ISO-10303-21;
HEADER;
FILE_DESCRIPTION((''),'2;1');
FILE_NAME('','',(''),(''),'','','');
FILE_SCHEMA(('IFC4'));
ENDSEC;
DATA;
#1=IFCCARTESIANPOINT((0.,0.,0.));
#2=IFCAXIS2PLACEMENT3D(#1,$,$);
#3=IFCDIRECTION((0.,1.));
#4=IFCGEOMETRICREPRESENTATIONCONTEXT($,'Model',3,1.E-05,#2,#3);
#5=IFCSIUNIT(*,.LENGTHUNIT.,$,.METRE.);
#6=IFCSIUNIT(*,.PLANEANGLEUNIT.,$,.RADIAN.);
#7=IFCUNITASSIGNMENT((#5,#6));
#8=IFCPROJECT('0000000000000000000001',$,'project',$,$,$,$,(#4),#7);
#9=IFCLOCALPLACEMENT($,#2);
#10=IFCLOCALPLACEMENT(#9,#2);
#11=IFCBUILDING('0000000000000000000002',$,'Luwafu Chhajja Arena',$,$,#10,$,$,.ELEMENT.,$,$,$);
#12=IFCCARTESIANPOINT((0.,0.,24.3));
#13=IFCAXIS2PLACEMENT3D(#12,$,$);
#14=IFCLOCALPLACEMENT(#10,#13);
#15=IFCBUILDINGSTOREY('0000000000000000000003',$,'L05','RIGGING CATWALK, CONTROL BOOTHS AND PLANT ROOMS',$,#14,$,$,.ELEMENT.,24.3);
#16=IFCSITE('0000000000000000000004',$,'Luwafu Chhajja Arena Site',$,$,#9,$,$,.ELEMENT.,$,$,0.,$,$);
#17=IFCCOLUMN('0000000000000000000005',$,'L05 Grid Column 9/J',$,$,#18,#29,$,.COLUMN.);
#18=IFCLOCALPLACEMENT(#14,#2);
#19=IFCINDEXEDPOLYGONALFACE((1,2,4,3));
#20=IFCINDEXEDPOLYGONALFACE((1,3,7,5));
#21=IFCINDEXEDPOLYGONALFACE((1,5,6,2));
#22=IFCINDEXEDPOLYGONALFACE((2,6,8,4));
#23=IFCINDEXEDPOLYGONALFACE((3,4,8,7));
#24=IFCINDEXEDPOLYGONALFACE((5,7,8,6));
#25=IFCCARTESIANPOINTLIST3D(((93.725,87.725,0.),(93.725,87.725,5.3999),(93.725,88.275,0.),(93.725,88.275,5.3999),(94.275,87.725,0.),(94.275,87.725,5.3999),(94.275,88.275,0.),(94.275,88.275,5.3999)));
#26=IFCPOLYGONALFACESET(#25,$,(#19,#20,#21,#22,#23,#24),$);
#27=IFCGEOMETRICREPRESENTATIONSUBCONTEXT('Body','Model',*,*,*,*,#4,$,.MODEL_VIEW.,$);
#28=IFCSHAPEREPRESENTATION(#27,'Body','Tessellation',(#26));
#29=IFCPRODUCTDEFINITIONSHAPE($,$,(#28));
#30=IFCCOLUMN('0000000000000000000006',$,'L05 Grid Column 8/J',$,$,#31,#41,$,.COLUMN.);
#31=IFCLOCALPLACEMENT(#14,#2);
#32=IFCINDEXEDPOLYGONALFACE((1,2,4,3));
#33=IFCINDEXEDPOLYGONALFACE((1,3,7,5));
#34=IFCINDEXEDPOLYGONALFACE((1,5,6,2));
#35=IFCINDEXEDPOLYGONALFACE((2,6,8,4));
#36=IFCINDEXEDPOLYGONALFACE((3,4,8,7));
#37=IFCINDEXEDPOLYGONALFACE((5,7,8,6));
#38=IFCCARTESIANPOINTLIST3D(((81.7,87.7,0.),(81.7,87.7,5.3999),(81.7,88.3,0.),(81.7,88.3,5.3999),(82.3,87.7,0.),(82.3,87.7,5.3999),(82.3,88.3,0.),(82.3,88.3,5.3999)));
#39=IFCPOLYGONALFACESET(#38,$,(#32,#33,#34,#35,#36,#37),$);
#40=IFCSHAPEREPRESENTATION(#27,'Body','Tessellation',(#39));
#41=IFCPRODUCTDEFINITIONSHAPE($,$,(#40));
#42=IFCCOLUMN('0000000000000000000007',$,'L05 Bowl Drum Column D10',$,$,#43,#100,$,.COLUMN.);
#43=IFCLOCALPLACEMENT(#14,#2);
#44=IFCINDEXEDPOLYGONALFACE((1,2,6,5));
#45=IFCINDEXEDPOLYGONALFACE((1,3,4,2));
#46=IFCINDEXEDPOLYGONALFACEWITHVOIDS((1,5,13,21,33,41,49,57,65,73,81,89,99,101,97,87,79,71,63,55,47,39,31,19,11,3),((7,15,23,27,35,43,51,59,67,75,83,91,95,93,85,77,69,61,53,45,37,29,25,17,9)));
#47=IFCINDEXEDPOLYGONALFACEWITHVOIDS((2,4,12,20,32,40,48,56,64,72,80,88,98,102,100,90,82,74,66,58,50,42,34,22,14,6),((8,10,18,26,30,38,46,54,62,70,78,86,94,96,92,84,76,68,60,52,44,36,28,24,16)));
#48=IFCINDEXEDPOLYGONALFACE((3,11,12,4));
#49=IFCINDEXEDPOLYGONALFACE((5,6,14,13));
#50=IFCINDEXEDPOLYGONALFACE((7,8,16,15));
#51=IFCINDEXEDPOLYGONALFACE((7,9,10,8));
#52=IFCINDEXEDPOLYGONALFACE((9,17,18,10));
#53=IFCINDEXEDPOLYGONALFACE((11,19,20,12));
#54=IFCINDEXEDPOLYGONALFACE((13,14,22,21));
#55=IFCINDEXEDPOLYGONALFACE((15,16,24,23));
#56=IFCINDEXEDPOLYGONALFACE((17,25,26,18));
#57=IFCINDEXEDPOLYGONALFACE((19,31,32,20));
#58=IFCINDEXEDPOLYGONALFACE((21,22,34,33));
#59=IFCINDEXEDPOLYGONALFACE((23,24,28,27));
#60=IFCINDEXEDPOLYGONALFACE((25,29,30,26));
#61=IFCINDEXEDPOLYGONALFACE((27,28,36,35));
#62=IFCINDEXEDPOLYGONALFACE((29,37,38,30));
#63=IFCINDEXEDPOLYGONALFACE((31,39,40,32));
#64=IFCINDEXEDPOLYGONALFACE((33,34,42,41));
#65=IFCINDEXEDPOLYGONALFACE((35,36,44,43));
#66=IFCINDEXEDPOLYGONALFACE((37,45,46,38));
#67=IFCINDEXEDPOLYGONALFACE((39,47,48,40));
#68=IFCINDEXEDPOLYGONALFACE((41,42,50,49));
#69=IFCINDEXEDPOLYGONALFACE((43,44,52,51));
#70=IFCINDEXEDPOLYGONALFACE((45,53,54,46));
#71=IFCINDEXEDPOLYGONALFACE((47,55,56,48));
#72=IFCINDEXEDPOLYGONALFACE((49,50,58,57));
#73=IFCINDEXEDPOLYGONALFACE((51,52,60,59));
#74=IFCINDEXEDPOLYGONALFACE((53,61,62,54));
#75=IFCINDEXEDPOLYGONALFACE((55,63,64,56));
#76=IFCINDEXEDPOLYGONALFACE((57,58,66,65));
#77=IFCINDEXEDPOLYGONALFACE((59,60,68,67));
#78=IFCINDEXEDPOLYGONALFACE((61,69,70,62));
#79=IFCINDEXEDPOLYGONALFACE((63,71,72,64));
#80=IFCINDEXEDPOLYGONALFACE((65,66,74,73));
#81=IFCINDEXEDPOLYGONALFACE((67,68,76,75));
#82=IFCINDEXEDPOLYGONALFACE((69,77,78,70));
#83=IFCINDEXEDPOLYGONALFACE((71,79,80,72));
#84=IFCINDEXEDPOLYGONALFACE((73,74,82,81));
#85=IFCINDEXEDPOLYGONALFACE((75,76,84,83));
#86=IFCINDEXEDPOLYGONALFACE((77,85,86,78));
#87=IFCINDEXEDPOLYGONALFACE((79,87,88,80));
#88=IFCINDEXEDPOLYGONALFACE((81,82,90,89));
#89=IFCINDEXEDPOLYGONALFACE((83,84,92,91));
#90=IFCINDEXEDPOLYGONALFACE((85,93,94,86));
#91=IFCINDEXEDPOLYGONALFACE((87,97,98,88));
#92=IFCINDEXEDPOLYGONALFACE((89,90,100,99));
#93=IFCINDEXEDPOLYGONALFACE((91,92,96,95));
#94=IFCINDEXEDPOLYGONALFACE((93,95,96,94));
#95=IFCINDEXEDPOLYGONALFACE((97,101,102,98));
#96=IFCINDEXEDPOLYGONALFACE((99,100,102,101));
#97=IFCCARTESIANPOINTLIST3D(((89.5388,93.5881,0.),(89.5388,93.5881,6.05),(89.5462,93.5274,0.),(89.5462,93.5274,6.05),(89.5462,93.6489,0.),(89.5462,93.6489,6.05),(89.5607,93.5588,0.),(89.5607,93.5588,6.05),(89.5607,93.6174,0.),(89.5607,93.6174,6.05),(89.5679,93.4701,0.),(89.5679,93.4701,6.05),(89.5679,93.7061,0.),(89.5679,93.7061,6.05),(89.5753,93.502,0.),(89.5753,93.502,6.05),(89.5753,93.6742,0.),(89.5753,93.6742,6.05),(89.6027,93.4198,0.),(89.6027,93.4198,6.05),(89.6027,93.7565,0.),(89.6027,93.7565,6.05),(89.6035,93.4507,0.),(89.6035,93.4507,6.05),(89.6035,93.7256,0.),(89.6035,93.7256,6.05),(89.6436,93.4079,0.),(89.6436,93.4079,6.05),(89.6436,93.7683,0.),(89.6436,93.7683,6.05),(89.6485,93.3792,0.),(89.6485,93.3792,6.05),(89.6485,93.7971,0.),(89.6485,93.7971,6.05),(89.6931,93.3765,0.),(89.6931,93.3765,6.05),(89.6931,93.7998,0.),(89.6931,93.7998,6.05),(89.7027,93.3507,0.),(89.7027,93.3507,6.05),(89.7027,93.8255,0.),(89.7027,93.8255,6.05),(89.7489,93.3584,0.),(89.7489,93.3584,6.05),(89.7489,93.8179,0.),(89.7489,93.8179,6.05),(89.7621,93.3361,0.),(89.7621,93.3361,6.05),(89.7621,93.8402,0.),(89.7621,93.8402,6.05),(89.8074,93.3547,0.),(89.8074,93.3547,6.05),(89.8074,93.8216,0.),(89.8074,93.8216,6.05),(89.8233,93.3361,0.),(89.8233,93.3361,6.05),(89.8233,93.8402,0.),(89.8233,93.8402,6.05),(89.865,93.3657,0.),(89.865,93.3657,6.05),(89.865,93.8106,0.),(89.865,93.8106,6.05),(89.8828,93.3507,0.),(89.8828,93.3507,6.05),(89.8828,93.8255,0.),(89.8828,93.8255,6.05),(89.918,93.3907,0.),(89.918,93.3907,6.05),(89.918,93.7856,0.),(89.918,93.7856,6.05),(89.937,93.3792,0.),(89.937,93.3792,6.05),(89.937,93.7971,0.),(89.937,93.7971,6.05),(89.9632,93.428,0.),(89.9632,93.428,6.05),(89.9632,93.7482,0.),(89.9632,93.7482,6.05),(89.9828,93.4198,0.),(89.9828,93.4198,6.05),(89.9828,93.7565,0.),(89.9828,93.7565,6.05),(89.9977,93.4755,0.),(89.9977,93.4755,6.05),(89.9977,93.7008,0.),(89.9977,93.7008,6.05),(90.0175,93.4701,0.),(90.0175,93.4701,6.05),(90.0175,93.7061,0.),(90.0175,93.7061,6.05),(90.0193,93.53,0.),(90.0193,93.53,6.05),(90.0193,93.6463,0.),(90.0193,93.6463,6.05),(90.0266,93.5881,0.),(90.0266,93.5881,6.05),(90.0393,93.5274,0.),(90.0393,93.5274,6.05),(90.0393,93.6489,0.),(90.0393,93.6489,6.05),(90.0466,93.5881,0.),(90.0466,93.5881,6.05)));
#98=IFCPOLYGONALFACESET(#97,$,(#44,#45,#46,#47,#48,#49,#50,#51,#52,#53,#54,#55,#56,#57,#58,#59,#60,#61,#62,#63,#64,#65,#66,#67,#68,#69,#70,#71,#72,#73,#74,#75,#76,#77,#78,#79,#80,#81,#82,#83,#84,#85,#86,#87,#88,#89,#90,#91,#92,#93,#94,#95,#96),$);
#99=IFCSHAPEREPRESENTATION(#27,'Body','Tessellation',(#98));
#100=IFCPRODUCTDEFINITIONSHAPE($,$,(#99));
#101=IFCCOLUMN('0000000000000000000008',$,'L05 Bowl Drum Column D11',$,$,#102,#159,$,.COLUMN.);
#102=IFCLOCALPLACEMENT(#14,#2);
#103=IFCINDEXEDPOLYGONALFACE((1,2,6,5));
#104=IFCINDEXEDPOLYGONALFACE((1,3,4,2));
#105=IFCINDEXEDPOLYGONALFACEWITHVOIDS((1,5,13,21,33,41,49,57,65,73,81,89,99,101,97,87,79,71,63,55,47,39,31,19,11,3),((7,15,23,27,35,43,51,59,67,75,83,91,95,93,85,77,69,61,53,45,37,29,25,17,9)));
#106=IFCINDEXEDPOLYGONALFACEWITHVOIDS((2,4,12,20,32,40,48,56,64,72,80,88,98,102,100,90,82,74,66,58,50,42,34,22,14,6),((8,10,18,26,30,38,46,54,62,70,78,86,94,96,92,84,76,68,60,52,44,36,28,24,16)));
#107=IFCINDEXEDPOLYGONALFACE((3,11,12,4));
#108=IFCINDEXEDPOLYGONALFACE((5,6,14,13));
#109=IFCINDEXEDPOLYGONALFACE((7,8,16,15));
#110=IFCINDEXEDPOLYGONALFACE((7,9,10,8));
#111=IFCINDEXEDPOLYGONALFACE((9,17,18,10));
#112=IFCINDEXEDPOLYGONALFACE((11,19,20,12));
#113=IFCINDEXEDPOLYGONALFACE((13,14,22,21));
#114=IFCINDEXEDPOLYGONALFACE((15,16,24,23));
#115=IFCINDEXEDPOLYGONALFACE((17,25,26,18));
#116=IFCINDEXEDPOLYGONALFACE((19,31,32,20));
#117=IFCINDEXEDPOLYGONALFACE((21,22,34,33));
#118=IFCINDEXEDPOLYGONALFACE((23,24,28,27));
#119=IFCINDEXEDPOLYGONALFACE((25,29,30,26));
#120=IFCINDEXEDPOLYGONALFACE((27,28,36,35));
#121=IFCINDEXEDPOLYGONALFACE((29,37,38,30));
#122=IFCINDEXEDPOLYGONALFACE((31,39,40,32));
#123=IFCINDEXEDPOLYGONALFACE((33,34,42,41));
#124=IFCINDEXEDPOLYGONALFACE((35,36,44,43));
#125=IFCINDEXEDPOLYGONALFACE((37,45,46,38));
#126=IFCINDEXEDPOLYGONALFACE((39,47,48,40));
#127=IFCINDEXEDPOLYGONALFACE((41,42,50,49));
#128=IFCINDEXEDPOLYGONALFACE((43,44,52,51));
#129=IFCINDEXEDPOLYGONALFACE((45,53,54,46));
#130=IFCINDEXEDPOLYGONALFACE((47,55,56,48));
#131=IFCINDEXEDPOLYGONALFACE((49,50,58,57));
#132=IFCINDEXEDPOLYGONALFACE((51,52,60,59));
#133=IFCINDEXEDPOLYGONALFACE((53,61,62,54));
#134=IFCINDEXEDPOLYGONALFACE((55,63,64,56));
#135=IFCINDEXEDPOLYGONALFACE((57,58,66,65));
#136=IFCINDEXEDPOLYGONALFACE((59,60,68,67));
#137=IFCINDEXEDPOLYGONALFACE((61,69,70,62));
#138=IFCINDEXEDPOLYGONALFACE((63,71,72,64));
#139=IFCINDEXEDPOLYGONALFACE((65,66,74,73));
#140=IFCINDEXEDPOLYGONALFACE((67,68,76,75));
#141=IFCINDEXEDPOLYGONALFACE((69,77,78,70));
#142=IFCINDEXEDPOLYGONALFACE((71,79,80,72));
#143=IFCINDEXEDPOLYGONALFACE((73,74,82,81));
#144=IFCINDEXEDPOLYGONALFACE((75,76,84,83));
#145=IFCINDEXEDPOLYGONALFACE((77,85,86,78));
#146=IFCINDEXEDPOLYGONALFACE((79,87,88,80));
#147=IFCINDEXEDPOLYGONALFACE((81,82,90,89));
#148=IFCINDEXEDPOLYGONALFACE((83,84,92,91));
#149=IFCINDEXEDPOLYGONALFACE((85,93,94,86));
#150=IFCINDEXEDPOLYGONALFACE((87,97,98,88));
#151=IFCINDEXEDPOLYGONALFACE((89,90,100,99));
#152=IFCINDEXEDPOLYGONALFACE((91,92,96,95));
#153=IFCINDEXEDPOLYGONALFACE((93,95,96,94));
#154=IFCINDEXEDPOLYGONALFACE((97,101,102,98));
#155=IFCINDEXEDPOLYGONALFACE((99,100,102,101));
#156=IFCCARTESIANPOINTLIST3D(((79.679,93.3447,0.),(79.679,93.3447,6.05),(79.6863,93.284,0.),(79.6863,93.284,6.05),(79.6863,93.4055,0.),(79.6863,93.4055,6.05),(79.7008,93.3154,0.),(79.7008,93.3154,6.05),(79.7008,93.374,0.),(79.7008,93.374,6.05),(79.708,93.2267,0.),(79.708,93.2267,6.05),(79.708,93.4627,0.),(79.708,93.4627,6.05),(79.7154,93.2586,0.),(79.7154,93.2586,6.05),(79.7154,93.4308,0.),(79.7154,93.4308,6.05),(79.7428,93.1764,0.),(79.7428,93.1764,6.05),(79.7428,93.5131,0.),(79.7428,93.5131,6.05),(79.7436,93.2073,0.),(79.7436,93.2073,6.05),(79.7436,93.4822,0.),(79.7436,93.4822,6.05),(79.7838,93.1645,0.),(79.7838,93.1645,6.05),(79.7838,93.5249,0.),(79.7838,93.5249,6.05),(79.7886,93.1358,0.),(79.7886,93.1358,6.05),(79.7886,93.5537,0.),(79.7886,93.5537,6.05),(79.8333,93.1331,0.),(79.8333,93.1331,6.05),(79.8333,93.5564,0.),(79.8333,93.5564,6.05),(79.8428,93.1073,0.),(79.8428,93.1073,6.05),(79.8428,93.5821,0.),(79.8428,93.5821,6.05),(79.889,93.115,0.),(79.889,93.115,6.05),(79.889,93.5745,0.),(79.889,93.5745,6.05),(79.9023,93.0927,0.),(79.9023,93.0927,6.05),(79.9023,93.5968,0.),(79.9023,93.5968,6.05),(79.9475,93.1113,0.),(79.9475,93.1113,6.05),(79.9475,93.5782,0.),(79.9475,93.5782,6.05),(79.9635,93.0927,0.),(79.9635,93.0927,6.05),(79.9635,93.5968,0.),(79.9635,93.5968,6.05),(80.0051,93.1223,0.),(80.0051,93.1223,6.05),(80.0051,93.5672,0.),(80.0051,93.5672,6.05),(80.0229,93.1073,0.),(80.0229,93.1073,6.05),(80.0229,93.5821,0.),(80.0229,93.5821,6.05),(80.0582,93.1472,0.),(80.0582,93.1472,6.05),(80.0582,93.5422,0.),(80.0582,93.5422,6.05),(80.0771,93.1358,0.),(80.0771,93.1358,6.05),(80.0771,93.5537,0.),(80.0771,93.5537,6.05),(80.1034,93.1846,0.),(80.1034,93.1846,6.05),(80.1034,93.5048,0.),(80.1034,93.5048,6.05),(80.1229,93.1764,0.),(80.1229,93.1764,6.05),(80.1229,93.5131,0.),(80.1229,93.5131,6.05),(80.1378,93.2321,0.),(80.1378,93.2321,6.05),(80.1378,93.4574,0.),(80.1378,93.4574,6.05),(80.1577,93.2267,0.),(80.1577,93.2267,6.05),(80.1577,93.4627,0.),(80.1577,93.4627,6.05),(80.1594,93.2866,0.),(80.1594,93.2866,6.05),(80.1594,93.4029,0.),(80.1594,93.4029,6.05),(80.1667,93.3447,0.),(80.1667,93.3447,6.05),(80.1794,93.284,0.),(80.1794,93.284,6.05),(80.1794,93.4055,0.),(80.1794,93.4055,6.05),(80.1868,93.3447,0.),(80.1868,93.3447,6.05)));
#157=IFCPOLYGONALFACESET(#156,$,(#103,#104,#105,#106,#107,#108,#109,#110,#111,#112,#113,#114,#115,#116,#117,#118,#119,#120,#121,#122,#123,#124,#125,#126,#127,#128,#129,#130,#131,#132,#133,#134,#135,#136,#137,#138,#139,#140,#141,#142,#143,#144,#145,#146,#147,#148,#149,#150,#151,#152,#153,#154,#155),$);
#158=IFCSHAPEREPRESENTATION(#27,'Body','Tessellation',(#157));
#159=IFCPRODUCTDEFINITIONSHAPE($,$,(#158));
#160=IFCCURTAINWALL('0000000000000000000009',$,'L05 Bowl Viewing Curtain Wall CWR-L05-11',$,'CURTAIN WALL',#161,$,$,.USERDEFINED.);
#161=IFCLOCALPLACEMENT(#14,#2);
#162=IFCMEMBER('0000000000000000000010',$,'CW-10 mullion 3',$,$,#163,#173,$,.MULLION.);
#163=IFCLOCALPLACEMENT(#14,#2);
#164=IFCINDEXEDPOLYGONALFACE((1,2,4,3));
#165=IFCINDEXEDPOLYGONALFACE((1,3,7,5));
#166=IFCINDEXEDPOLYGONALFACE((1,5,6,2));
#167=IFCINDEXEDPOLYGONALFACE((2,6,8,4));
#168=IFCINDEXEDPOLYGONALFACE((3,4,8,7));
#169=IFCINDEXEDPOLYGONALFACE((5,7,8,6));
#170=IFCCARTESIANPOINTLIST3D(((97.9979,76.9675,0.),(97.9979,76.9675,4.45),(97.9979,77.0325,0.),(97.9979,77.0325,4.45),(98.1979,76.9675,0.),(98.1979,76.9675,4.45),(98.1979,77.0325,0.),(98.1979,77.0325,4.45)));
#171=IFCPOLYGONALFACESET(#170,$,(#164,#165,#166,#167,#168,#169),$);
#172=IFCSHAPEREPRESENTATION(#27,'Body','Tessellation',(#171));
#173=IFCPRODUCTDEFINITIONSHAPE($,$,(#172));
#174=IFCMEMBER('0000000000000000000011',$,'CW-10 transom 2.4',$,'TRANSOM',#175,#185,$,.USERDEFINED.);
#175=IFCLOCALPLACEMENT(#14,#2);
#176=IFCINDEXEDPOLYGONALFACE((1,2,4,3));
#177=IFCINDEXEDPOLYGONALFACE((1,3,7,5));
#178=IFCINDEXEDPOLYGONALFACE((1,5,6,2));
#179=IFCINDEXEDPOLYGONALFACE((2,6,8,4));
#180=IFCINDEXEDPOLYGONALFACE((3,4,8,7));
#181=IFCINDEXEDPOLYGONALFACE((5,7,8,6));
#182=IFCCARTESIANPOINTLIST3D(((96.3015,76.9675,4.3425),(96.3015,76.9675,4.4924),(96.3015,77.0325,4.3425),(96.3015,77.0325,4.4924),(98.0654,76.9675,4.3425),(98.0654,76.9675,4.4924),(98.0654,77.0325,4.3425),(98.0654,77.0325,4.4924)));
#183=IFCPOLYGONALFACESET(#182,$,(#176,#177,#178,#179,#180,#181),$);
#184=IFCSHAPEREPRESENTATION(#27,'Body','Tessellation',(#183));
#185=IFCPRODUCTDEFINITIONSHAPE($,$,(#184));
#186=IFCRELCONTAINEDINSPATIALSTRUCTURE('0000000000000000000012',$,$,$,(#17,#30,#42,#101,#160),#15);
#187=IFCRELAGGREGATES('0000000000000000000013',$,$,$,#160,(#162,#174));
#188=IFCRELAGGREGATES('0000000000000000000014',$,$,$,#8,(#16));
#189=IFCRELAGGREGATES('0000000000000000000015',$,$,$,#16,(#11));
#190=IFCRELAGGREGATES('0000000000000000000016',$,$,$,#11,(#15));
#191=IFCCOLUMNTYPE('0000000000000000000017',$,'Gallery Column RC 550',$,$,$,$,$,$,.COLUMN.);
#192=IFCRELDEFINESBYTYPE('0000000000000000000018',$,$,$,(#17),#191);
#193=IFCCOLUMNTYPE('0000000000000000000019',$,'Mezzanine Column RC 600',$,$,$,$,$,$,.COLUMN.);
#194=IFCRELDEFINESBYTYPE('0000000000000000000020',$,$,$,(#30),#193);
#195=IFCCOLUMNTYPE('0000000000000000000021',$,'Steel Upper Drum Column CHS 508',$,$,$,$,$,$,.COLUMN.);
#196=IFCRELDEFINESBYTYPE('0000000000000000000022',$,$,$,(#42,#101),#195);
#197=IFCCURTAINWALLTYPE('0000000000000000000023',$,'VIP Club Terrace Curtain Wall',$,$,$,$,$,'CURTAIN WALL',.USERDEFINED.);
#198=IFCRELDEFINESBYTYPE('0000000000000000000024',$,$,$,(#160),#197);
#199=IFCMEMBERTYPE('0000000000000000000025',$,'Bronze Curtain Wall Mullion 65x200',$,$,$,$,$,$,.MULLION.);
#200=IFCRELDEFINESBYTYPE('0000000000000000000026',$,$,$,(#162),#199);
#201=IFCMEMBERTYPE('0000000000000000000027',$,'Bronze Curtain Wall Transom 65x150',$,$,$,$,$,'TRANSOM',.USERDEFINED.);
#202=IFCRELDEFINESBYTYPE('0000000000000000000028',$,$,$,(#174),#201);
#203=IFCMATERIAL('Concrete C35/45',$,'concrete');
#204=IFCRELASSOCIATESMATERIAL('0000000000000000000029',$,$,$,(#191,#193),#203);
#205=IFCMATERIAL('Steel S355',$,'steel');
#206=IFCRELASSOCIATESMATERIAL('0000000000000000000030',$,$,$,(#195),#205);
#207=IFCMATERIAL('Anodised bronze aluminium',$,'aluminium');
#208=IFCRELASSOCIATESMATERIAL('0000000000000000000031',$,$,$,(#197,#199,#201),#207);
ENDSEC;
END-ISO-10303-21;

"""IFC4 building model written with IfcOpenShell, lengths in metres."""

from ifc_helpers import new_model, si_unit, direction, frame, origin, origin_2d, place, context, subcontext, project, spatial, rectangle, hollow_circle, extrude, material, material_profile, profile_set, type_object, element, aggregate, save


model = new_model("IFC4")

# Units and contexts
model_context = context("Model", 3, precision=1e-05, world=origin(), true_north=direction((0.0, 1.0)))
body_context = subcontext(model_context, "Body", "Model", "MODEL_VIEW")
ifc_project = project(units=[si_unit("LENGTHUNIT", "METRE"), si_unit("PLANEANGLEUNIT", "RADIAN")], contexts=[model_context])

# Site, building, storey
site_placement = place(None, origin())
site = spatial("IfcSite", under=ifc_project, at=site_placement, Name="Luwafu Chhajja Arena Site", CompositionType="ELEMENT", RefElevation=0.0)
building_placement = place(site_placement, origin())
building = spatial("IfcBuilding", under=site, at=building_placement, Name="Luwafu Chhajja Arena", CompositionType="ELEMENT")
storey_placement = place(building_placement, frame((0.0, 0.0, 24.3)))
storey = spatial("IfcBuildingStorey", under=building, at=storey_placement, Name="L05", Description="RIGGING CATWALK, CONTROL BOOTHS AND PLANT ROOMS", CompositionType="ELEMENT", Elevation=24.3)

# Columns
ifc_material_1 = material(Name="Concrete C35/45", Category="concrete")
ifc_material_profile_1 = material_profile(ifc_material_1, rectangle(XDim=0.55, YDim=0.55, at=origin_2d()), Name="RC 550x550")
ifc_profile_set_1 = profile_set([ifc_material_profile_1], Name="Concrete C35/45")
column_type_1 = type_object("IfcColumnType", Name="Gallery Column RC 550", PredefinedType="COLUMN", material=ifc_profile_set_1)
column_1_placement = place(storey_placement, frame((94.0, 88.0, 0.0), z_axis=(0.0, 0.0, 1.0), x_axis=(1.0, 0.0, 0.0)))
element("IfcColumn", 1, at=column_1_placement, inside=storey, type_object=column_type_1, Name="L05 Grid Column 9/J", PredefinedType="COLUMN", context=body_context, shape_type="SweptSolid", body=[
    extrude(rectangle(XDim=0.55, YDim=0.55, at=origin_2d()), origin(), (0.0, 0.0, 1.0), 5.3999),
])
ifc_material_profile_2 = material_profile(ifc_material_1, rectangle(XDim=0.6001, YDim=0.6001, at=origin_2d()), Name="RC 600x600")
ifc_profile_set_2 = profile_set([ifc_material_profile_2], Name="Concrete C35/45")
column_type_2 = type_object("IfcColumnType", Name="Mezzanine Column RC 600", PredefinedType="COLUMN", material=ifc_profile_set_2)
column_2_placement = place(storey_placement, frame((82.0, 88.0, 0.0), z_axis=(0.0, 0.0, 1.0), x_axis=(1.0, 0.0, 0.0)))
element("IfcColumn", 2, at=column_2_placement, inside=storey, type_object=column_type_2, Name="L05 Grid Column 8/J", PredefinedType="COLUMN", context=body_context, shape_type="SweptSolid", body=[
    extrude(rectangle(XDim=0.6001, YDim=0.6001, at=origin_2d()), origin(), (0.0, 0.0, 1.0), 5.3999),
])
ifc_material_2 = material(Name="Steel S355", Category="steel")
ifc_material_profile_3 = material_profile(ifc_material_2, hollow_circle(Radius=0.2539, WallThickness=0.02, at=origin_2d()), Name="CHS 508x20")
ifc_profile_set_3 = profile_set([ifc_material_profile_3], Name="Steel S355")
column_type_3 = type_object("IfcColumnType", Name="Steel Upper Drum Column CHS 508", PredefinedType="COLUMN", material=ifc_profile_set_3)
for number, where, z_axis, x_axis, name in (
    (3, (89.7927, 93.5881, 0.0), (0.0, 0.0, 1.0), (1.0, 0.0, 0.0), "L05 Bowl Drum Column D10"),
    (4, (79.9329, 93.3447, 0.0), (0.0, 0.0, 1.0), (1.0, 0.0, 0.0), "L05 Bowl Drum Column D11"),
):
    element("IfcColumn", number, at=place(storey_placement, frame(where, z_axis=z_axis, x_axis=x_axis)), inside=storey, type_object=column_type_3, Name=name, PredefinedType="COLUMN", context=body_context, shape_type="SweptSolid", body=[
        extrude(hollow_circle(Radius=0.2539, WallThickness=0.02, at=origin_2d()), origin(), (0.0, 0.0, 1.0), 6.05),
    ])

# Curtain wall, members
ifc_material_3 = material(Name="Anodised bronze aluminium", Category="aluminium")
curtain_wall_type = type_object("IfcCurtainWallType", Name="VIP Club Terrace Curtain Wall", ElementType="CURTAIN WALL", PredefinedType="USERDEFINED", material=ifc_material_3)
curtain_wall_placement = place(storey_placement, origin())
curtain_wall = element("IfcCurtainWall", 5, at=curtain_wall_placement, inside=storey, type_object=curtain_wall_type, Name="L05 Bowl Viewing Curtain Wall CWR-L05-11", ObjectType="CURTAIN WALL", PredefinedType="USERDEFINED")
ifc_material_profile_4 = material_profile(ifc_material_3, rectangle(XDim=0.0649, YDim=0.2, at=origin_2d()), Name="CWM 65x200")
ifc_profile_set_4 = profile_set([ifc_material_profile_4], Name="Anodised bronze aluminium")
member_type_1 = type_object("IfcMemberType", Name="Bronze Curtain Wall Mullion 65x200", PredefinedType="MULLION", material=ifc_profile_set_4)
member_1_placement = place(storey_placement, frame((98.0979, 77.0, 0.0), z_axis=(0.0, 0.0, 1.0), x_axis=(0.0, 1.0, 0.0)))
member_1 = element("IfcMember", 6, at=member_1_placement, type_object=member_type_1, Name="CW-10 mullion 3", PredefinedType="MULLION", context=body_context, shape_type="SweptSolid", body=[
    extrude(rectangle(XDim=0.0649, YDim=0.2, at=origin_2d()), origin(), (0.0, 0.0, 1.0), 4.45),
])
ifc_material_profile_5 = material_profile(ifc_material_3, rectangle(XDim=0.0649, YDim=0.1499, at=origin_2d()), Name="CWT 65x150")
ifc_profile_set_5 = profile_set([ifc_material_profile_5], Name="Anodised bronze aluminium")
member_type_2 = type_object("IfcMemberType", Name="Bronze Curtain Wall Transom 65x150", ElementType="TRANSOM", PredefinedType="USERDEFINED", material=ifc_profile_set_5)
member_2_placement = place(storey_placement, frame((96.3015, 77.0, 4.4175), z_axis=(1.0, 0.0, 0.0), x_axis=(0.0, 1.0, 0.0)))
member_2 = element("IfcMember", 7, at=member_2_placement, type_object=member_type_2, Name="CW-10 transom 2.4", ObjectType="TRANSOM", PredefinedType="USERDEFINED", context=body_context, shape_type="SweptSolid", body=[
    extrude(rectangle(XDim=0.0649, YDim=0.1499, at=origin_2d()), origin(), (0.0, 0.0, 1.0), 1.7639),
])

aggregate(curtain_wall, [member_1, member_2])

save(model, "model.ifc")
